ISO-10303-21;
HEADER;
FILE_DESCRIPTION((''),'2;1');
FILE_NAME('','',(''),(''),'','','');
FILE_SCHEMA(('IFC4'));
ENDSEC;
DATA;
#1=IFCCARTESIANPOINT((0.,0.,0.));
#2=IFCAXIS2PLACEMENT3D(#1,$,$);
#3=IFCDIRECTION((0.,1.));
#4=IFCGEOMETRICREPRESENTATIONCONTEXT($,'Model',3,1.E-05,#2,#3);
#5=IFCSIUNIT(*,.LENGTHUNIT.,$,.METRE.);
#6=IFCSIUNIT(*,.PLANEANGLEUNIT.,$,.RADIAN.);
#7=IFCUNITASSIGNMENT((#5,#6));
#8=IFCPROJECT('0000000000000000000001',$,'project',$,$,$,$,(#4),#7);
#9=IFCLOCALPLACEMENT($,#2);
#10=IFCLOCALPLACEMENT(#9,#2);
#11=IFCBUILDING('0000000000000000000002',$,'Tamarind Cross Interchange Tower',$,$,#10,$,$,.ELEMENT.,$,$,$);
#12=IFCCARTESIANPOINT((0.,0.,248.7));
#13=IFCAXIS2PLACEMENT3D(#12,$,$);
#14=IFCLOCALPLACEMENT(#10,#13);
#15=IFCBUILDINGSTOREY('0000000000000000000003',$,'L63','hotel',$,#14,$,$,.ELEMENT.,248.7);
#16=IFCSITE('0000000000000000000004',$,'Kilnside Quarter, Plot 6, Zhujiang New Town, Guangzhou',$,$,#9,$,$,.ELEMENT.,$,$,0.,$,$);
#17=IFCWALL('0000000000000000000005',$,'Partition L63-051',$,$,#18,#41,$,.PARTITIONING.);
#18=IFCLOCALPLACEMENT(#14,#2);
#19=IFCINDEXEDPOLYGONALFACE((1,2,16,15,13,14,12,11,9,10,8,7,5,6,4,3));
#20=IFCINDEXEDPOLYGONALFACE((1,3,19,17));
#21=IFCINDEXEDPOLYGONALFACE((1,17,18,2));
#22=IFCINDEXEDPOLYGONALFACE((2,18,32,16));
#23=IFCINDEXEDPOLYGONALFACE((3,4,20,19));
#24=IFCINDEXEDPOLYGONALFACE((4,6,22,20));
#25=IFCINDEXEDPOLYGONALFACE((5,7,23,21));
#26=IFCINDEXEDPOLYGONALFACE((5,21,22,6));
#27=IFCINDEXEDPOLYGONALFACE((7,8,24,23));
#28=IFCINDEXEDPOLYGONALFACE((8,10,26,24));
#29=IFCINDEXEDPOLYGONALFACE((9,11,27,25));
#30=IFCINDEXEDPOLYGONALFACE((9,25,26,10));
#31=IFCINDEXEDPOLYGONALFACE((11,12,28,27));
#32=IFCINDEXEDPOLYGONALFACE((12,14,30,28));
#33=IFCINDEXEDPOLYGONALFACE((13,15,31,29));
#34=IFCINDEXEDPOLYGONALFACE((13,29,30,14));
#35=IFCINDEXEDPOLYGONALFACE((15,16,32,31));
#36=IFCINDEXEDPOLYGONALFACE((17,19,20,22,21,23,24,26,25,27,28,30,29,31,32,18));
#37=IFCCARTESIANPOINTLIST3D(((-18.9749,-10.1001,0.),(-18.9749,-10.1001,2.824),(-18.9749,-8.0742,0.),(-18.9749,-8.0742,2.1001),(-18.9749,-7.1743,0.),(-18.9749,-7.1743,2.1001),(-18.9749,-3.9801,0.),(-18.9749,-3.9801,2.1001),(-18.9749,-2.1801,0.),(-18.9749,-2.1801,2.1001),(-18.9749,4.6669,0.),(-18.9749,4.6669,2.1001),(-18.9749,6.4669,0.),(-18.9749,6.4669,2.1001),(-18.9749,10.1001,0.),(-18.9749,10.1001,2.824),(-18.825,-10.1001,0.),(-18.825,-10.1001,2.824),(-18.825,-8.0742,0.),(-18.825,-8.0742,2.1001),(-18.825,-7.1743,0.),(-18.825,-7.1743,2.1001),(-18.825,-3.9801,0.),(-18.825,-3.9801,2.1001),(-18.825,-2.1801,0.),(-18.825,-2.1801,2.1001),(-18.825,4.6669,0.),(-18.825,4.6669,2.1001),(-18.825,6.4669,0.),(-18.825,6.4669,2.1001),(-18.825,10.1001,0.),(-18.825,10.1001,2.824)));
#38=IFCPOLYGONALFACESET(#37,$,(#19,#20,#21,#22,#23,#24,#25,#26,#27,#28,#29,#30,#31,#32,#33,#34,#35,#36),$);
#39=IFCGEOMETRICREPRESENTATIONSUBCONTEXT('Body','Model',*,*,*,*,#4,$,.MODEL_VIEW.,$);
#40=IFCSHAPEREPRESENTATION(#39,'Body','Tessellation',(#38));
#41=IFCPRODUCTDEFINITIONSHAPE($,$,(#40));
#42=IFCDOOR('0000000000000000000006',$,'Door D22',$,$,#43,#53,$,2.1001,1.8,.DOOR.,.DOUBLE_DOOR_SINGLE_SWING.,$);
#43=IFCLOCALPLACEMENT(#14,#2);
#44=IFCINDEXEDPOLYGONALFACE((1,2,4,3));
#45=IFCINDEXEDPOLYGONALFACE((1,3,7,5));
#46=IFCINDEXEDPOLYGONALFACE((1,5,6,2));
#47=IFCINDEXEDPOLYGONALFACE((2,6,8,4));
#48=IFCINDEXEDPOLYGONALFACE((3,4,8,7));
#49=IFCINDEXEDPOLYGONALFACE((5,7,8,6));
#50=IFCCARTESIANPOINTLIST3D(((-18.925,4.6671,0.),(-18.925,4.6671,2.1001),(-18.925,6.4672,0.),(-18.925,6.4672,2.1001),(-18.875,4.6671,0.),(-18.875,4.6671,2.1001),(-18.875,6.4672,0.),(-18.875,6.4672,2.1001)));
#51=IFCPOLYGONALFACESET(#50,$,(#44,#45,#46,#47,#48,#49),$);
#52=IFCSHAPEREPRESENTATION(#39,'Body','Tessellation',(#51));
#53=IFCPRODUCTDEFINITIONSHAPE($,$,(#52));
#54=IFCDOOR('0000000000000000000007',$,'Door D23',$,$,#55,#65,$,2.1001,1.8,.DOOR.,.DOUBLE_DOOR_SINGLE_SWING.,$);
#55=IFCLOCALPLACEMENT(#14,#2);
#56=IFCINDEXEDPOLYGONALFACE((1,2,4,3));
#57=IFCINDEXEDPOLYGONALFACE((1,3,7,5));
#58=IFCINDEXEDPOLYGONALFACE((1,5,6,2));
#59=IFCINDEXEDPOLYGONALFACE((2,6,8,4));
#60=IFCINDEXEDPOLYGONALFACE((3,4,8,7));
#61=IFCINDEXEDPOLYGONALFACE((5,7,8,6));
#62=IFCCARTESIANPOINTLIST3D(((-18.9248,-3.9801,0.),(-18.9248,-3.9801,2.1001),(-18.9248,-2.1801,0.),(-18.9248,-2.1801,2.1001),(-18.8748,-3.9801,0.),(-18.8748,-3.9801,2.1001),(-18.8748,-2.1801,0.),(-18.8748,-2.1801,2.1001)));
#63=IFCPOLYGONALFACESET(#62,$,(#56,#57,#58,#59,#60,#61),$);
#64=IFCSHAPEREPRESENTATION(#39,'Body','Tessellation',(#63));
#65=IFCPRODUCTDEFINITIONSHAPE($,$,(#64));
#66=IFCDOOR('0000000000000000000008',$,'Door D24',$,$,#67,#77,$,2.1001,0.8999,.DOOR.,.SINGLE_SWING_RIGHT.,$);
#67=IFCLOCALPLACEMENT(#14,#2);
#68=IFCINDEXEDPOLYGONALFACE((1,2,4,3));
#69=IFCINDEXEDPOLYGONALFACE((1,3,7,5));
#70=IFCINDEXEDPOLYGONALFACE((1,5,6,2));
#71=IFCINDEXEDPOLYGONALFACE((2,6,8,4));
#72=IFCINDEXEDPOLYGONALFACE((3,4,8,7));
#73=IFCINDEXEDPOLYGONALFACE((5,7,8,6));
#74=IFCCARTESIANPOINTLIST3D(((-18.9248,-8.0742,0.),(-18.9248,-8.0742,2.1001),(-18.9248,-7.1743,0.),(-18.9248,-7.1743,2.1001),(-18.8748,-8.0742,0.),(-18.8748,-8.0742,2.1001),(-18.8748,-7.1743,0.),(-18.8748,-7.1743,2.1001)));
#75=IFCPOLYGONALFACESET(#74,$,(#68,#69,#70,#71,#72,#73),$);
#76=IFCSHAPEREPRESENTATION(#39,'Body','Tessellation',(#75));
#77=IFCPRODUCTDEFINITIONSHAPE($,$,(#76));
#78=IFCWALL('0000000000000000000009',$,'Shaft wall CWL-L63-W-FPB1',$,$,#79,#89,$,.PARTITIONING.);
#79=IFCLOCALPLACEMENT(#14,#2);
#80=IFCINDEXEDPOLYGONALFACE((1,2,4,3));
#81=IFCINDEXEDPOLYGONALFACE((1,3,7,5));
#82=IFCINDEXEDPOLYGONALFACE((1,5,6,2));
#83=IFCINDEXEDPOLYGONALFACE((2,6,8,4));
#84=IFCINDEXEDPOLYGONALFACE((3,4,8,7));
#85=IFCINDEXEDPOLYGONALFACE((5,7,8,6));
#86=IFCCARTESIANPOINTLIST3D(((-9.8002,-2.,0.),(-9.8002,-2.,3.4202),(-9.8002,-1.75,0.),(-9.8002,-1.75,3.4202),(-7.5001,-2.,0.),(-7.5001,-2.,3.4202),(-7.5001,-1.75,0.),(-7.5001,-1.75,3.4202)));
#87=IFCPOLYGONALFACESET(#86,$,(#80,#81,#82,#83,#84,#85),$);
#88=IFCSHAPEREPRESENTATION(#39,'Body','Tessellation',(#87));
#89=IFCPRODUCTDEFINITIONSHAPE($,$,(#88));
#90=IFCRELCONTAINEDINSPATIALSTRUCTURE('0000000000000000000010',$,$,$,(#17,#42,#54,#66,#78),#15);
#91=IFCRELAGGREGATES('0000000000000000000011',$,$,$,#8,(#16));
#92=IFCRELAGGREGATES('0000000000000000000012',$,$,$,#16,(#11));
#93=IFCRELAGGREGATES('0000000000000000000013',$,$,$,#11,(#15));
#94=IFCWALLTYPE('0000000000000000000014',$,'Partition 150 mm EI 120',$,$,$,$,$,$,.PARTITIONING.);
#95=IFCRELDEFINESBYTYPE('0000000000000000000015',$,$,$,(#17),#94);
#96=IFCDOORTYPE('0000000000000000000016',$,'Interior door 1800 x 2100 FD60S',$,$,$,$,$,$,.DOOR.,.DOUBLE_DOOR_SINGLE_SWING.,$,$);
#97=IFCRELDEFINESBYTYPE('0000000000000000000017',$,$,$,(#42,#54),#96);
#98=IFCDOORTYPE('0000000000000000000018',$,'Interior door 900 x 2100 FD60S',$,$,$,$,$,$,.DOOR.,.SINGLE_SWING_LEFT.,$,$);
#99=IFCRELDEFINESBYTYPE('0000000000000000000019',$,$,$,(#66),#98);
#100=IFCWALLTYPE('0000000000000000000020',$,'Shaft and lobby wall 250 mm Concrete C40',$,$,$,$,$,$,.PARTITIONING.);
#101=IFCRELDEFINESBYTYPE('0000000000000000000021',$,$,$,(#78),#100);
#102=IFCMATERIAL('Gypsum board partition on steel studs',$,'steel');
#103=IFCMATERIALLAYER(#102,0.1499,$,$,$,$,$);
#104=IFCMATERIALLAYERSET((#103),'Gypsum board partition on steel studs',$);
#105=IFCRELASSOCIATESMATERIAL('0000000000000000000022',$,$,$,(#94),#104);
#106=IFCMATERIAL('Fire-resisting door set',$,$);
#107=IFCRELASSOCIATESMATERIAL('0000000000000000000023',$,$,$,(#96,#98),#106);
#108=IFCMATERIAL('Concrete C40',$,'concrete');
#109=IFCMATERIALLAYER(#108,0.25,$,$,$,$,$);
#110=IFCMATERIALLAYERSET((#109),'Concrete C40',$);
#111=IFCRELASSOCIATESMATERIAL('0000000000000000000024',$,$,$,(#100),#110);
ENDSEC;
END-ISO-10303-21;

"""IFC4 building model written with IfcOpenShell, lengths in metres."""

from ifc_helpers import new_model, si_unit, direction, frame, frame_2d, origin, place, context, subcontext, project, spatial, rectangle, extrude, material, layer, layer_set, type_object, element, fill, save


model = new_model("IFC4")

# Units and contexts
model_context = context("Model", 3, precision=1e-05, world=origin(), true_north=direction((0.0, 1.0)))
body_context = subcontext(model_context, "Body", "Model", "MODEL_VIEW")
ifc_project = project(units=[si_unit("LENGTHUNIT", "METRE"), si_unit("PLANEANGLEUNIT", "RADIAN")], contexts=[model_context])

# Site, building, storey
site_placement = place(None, origin())
site = spatial("IfcSite", under=ifc_project, at=site_placement, Name="Kilnside Quarter, Plot 6, Zhujiang New Town, Guangzhou", CompositionType="ELEMENT", RefElevation=0.0)
building_placement = place(site_placement, origin())
building = spatial("IfcBuilding", under=site, at=building_placement, Name="Tamarind Cross Interchange Tower", CompositionType="ELEMENT")
storey_placement = place(building_placement, frame((0.0, 0.0, 248.7)))
storey = spatial("IfcBuildingStorey", under=building, at=storey_placement, Name="L63", Description="hotel", CompositionType="ELEMENT", Elevation=248.7)

# Shared definitions
ifc_material_1 = material(Name="Gypsum board partition on steel studs", Category="steel")
ifc_layer_1 = layer(ifc_material_1, 0.1499)
ifc_layer_set_1 = layer_set([ifc_layer_1], Name="Gypsum board partition on steel studs")
wall_type_1 = type_object("IfcWallType", Name="Partition 150 mm EI 120", PredefinedType="PARTITIONING", material=ifc_layer_set_1)

# Wall, openings, doors
wall_1_placement = place(storey_placement, frame((-18.8999, -10.1001, 0.0), z_axis=(0.0, 0.0, 1.0), x_axis=(0.0, 1.0, 0.0)))
wall_1 = element("IfcWall", 1, at=wall_1_placement, inside=storey, type_object=wall_type_1, Name="Partition L63-051", PredefinedType="PARTITIONING", context=body_context, shape_type="SweptSolid", body=[
    extrude(rectangle(XDim=20.2002, YDim=0.1499, at=frame_2d((10.1001, 0.0))), origin(), (0.0, 0.0, 1.0), 2.824),
])
opening_1_placement = place(wall_1_placement, frame((14.7671, 0.0, 0.0)))
opening_1 = element("IfcOpeningElement", 2, at=opening_1_placement, cuts=wall_1, PredefinedType="OPENING", context=body_context, shape_type="SweptSolid", body=[
    extrude(rectangle(XDim=1.8, YDim=2.1001, at=frame_2d((0.8999, 1.05))), frame((0.0, 0.085, 0.0), z_axis=(0.0, -1.0, 0.0), x_axis=(1.0, 0.0, 0.0)), (0.0, 0.0, 1.0), 0.1699),
])
opening_2_placement = place(wall_1_placement, frame((6.1201, 0.0, 0.0)))
opening_2 = element("IfcOpeningElement", 3, at=opening_2_placement, cuts=wall_1, PredefinedType="OPENING", context=body_context, shape_type="SweptSolid", body=[
    extrude(rectangle(XDim=1.8, YDim=2.1001, at=frame_2d((0.8999, 1.05))), frame((0.0, 0.085, 0.0), z_axis=(0.0, -1.0, 0.0), x_axis=(1.0, 0.0, 0.0)), (0.0, 0.0, 1.0), 0.1699),
])
opening_3_placement = place(wall_1_placement, frame((2.0259, 0.0, 0.0)))
opening_3 = element("IfcOpeningElement", 4, at=opening_3_placement, cuts=wall_1, PredefinedType="OPENING", context=body_context, shape_type="SweptSolid", body=[
    extrude(rectangle(XDim=0.8999, YDim=2.1001, at=frame_2d((0.45, 1.05))), frame((0.0, 0.085, 0.0), z_axis=(0.0, -1.0, 0.0), x_axis=(1.0, 0.0, 0.0)), (0.0, 0.0, 1.0), 0.1699),
])
ifc_material_2 = material(Name="Fire-resisting door set")
door_type_1 = type_object("IfcDoorType", Name="Interior door 1800 x 2100 FD60S", OperationType="DOUBLE_DOOR_SINGLE_SWING", PredefinedType="DOOR", material=ifc_material_2)
door_1_placement = place(opening_1_placement, frame((1.8, 0.0, 0.0), z_axis=(0.0, 0.0, 1.0), x_axis=(-1.0, 0.0, 0.0)))
door_1 = element("IfcDoor", 5, at=door_1_placement, inside=storey, type_object=door_type_1, Name="Door D22", OperationType="DOUBLE_DOOR_SINGLE_SWING", OverallHeight=2.1001, OverallWidth=1.8, PredefinedType="DOOR", context=body_context, shape_type="SweptSolid", body=[
    extrude(rectangle(XDim=1.8, YDim=2.1001, at=frame_2d((0.8999, 1.05))), frame((0.0, 0.0249, 0.0), z_axis=(0.0, -1.0, 0.0), x_axis=(1.0, 0.0, 0.0)), (0.0, 0.0, 1.0), 0.05),
])
fill(opening_1, door_1)
door_2_placement = place(opening_2_placement, origin())
door_2 = element("IfcDoor", 6, at=door_2_placement, inside=storey, type_object=door_type_1, Name="Door D23", OperationType="DOUBLE_DOOR_SINGLE_SWING", OverallHeight=2.1001, OverallWidth=1.8, PredefinedType="DOOR", context=body_context, shape_type="SweptSolid", body=[
    extrude(rectangle(XDim=1.8, YDim=2.1001, at=frame_2d((0.8999, 1.05))), frame((0.0, 0.0249, 0.0), z_axis=(0.0, -1.0, 0.0), x_axis=(1.0, 0.0, 0.0)), (0.0, 0.0, 1.0), 0.05),
])
fill(opening_2, door_2)
door_type_2 = type_object("IfcDoorType", Name="Interior door 900 x 2100 FD60S", OperationType="SINGLE_SWING_LEFT", PredefinedType="DOOR", material=ifc_material_2)
door_3_placement = place(opening_3_placement, origin())
door_3 = element("IfcDoor", 7, at=door_3_placement, inside=storey, type_object=door_type_2, Name="Door D24", OperationType="SINGLE_SWING_RIGHT", OverallHeight=2.1001, OverallWidth=0.8999, PredefinedType="DOOR", context=body_context, shape_type="SweptSolid", body=[
    extrude(rectangle(XDim=0.8999, YDim=2.1001, at=frame_2d((0.45, 1.05))), frame((0.0, 0.0249, 0.0), z_axis=(0.0, -1.0, 0.0), x_axis=(1.0, 0.0, 0.0)), (0.0, 0.0, 1.0), 0.05),
])
fill(opening_3, door_3)

# Wall
ifc_material_3 = material(Name="Concrete C40", Category="concrete")
ifc_layer_2 = layer(ifc_material_3, 0.25)
ifc_layer_set_2 = layer_set([ifc_layer_2], Name="Concrete C40")
wall_type_2 = type_object("IfcWallType", Name="Shaft and lobby wall 250 mm Concrete C40", PredefinedType="PARTITIONING", material=ifc_layer_set_2)
wall_2_placement = place(storey_placement, frame((-9.8, -1.875, 0.0), z_axis=(0.0, 0.0, 1.0), x_axis=(1.0, 0.0, 0.0)))
element("IfcWall", 8, at=wall_2_placement, inside=storey, type_object=wall_type_2, Name="Shaft wall CWL-L63-W-FPB1", PredefinedType="PARTITIONING", context=body_context, shape_type="SweptSolid", body=[
    extrude(rectangle(XDim=2.3, YDim=0.25, at=frame_2d((1.1499, 0.0))), origin(), (0.0, 0.0, 1.0), 3.4202),
])

save(model, "model.ifc")
